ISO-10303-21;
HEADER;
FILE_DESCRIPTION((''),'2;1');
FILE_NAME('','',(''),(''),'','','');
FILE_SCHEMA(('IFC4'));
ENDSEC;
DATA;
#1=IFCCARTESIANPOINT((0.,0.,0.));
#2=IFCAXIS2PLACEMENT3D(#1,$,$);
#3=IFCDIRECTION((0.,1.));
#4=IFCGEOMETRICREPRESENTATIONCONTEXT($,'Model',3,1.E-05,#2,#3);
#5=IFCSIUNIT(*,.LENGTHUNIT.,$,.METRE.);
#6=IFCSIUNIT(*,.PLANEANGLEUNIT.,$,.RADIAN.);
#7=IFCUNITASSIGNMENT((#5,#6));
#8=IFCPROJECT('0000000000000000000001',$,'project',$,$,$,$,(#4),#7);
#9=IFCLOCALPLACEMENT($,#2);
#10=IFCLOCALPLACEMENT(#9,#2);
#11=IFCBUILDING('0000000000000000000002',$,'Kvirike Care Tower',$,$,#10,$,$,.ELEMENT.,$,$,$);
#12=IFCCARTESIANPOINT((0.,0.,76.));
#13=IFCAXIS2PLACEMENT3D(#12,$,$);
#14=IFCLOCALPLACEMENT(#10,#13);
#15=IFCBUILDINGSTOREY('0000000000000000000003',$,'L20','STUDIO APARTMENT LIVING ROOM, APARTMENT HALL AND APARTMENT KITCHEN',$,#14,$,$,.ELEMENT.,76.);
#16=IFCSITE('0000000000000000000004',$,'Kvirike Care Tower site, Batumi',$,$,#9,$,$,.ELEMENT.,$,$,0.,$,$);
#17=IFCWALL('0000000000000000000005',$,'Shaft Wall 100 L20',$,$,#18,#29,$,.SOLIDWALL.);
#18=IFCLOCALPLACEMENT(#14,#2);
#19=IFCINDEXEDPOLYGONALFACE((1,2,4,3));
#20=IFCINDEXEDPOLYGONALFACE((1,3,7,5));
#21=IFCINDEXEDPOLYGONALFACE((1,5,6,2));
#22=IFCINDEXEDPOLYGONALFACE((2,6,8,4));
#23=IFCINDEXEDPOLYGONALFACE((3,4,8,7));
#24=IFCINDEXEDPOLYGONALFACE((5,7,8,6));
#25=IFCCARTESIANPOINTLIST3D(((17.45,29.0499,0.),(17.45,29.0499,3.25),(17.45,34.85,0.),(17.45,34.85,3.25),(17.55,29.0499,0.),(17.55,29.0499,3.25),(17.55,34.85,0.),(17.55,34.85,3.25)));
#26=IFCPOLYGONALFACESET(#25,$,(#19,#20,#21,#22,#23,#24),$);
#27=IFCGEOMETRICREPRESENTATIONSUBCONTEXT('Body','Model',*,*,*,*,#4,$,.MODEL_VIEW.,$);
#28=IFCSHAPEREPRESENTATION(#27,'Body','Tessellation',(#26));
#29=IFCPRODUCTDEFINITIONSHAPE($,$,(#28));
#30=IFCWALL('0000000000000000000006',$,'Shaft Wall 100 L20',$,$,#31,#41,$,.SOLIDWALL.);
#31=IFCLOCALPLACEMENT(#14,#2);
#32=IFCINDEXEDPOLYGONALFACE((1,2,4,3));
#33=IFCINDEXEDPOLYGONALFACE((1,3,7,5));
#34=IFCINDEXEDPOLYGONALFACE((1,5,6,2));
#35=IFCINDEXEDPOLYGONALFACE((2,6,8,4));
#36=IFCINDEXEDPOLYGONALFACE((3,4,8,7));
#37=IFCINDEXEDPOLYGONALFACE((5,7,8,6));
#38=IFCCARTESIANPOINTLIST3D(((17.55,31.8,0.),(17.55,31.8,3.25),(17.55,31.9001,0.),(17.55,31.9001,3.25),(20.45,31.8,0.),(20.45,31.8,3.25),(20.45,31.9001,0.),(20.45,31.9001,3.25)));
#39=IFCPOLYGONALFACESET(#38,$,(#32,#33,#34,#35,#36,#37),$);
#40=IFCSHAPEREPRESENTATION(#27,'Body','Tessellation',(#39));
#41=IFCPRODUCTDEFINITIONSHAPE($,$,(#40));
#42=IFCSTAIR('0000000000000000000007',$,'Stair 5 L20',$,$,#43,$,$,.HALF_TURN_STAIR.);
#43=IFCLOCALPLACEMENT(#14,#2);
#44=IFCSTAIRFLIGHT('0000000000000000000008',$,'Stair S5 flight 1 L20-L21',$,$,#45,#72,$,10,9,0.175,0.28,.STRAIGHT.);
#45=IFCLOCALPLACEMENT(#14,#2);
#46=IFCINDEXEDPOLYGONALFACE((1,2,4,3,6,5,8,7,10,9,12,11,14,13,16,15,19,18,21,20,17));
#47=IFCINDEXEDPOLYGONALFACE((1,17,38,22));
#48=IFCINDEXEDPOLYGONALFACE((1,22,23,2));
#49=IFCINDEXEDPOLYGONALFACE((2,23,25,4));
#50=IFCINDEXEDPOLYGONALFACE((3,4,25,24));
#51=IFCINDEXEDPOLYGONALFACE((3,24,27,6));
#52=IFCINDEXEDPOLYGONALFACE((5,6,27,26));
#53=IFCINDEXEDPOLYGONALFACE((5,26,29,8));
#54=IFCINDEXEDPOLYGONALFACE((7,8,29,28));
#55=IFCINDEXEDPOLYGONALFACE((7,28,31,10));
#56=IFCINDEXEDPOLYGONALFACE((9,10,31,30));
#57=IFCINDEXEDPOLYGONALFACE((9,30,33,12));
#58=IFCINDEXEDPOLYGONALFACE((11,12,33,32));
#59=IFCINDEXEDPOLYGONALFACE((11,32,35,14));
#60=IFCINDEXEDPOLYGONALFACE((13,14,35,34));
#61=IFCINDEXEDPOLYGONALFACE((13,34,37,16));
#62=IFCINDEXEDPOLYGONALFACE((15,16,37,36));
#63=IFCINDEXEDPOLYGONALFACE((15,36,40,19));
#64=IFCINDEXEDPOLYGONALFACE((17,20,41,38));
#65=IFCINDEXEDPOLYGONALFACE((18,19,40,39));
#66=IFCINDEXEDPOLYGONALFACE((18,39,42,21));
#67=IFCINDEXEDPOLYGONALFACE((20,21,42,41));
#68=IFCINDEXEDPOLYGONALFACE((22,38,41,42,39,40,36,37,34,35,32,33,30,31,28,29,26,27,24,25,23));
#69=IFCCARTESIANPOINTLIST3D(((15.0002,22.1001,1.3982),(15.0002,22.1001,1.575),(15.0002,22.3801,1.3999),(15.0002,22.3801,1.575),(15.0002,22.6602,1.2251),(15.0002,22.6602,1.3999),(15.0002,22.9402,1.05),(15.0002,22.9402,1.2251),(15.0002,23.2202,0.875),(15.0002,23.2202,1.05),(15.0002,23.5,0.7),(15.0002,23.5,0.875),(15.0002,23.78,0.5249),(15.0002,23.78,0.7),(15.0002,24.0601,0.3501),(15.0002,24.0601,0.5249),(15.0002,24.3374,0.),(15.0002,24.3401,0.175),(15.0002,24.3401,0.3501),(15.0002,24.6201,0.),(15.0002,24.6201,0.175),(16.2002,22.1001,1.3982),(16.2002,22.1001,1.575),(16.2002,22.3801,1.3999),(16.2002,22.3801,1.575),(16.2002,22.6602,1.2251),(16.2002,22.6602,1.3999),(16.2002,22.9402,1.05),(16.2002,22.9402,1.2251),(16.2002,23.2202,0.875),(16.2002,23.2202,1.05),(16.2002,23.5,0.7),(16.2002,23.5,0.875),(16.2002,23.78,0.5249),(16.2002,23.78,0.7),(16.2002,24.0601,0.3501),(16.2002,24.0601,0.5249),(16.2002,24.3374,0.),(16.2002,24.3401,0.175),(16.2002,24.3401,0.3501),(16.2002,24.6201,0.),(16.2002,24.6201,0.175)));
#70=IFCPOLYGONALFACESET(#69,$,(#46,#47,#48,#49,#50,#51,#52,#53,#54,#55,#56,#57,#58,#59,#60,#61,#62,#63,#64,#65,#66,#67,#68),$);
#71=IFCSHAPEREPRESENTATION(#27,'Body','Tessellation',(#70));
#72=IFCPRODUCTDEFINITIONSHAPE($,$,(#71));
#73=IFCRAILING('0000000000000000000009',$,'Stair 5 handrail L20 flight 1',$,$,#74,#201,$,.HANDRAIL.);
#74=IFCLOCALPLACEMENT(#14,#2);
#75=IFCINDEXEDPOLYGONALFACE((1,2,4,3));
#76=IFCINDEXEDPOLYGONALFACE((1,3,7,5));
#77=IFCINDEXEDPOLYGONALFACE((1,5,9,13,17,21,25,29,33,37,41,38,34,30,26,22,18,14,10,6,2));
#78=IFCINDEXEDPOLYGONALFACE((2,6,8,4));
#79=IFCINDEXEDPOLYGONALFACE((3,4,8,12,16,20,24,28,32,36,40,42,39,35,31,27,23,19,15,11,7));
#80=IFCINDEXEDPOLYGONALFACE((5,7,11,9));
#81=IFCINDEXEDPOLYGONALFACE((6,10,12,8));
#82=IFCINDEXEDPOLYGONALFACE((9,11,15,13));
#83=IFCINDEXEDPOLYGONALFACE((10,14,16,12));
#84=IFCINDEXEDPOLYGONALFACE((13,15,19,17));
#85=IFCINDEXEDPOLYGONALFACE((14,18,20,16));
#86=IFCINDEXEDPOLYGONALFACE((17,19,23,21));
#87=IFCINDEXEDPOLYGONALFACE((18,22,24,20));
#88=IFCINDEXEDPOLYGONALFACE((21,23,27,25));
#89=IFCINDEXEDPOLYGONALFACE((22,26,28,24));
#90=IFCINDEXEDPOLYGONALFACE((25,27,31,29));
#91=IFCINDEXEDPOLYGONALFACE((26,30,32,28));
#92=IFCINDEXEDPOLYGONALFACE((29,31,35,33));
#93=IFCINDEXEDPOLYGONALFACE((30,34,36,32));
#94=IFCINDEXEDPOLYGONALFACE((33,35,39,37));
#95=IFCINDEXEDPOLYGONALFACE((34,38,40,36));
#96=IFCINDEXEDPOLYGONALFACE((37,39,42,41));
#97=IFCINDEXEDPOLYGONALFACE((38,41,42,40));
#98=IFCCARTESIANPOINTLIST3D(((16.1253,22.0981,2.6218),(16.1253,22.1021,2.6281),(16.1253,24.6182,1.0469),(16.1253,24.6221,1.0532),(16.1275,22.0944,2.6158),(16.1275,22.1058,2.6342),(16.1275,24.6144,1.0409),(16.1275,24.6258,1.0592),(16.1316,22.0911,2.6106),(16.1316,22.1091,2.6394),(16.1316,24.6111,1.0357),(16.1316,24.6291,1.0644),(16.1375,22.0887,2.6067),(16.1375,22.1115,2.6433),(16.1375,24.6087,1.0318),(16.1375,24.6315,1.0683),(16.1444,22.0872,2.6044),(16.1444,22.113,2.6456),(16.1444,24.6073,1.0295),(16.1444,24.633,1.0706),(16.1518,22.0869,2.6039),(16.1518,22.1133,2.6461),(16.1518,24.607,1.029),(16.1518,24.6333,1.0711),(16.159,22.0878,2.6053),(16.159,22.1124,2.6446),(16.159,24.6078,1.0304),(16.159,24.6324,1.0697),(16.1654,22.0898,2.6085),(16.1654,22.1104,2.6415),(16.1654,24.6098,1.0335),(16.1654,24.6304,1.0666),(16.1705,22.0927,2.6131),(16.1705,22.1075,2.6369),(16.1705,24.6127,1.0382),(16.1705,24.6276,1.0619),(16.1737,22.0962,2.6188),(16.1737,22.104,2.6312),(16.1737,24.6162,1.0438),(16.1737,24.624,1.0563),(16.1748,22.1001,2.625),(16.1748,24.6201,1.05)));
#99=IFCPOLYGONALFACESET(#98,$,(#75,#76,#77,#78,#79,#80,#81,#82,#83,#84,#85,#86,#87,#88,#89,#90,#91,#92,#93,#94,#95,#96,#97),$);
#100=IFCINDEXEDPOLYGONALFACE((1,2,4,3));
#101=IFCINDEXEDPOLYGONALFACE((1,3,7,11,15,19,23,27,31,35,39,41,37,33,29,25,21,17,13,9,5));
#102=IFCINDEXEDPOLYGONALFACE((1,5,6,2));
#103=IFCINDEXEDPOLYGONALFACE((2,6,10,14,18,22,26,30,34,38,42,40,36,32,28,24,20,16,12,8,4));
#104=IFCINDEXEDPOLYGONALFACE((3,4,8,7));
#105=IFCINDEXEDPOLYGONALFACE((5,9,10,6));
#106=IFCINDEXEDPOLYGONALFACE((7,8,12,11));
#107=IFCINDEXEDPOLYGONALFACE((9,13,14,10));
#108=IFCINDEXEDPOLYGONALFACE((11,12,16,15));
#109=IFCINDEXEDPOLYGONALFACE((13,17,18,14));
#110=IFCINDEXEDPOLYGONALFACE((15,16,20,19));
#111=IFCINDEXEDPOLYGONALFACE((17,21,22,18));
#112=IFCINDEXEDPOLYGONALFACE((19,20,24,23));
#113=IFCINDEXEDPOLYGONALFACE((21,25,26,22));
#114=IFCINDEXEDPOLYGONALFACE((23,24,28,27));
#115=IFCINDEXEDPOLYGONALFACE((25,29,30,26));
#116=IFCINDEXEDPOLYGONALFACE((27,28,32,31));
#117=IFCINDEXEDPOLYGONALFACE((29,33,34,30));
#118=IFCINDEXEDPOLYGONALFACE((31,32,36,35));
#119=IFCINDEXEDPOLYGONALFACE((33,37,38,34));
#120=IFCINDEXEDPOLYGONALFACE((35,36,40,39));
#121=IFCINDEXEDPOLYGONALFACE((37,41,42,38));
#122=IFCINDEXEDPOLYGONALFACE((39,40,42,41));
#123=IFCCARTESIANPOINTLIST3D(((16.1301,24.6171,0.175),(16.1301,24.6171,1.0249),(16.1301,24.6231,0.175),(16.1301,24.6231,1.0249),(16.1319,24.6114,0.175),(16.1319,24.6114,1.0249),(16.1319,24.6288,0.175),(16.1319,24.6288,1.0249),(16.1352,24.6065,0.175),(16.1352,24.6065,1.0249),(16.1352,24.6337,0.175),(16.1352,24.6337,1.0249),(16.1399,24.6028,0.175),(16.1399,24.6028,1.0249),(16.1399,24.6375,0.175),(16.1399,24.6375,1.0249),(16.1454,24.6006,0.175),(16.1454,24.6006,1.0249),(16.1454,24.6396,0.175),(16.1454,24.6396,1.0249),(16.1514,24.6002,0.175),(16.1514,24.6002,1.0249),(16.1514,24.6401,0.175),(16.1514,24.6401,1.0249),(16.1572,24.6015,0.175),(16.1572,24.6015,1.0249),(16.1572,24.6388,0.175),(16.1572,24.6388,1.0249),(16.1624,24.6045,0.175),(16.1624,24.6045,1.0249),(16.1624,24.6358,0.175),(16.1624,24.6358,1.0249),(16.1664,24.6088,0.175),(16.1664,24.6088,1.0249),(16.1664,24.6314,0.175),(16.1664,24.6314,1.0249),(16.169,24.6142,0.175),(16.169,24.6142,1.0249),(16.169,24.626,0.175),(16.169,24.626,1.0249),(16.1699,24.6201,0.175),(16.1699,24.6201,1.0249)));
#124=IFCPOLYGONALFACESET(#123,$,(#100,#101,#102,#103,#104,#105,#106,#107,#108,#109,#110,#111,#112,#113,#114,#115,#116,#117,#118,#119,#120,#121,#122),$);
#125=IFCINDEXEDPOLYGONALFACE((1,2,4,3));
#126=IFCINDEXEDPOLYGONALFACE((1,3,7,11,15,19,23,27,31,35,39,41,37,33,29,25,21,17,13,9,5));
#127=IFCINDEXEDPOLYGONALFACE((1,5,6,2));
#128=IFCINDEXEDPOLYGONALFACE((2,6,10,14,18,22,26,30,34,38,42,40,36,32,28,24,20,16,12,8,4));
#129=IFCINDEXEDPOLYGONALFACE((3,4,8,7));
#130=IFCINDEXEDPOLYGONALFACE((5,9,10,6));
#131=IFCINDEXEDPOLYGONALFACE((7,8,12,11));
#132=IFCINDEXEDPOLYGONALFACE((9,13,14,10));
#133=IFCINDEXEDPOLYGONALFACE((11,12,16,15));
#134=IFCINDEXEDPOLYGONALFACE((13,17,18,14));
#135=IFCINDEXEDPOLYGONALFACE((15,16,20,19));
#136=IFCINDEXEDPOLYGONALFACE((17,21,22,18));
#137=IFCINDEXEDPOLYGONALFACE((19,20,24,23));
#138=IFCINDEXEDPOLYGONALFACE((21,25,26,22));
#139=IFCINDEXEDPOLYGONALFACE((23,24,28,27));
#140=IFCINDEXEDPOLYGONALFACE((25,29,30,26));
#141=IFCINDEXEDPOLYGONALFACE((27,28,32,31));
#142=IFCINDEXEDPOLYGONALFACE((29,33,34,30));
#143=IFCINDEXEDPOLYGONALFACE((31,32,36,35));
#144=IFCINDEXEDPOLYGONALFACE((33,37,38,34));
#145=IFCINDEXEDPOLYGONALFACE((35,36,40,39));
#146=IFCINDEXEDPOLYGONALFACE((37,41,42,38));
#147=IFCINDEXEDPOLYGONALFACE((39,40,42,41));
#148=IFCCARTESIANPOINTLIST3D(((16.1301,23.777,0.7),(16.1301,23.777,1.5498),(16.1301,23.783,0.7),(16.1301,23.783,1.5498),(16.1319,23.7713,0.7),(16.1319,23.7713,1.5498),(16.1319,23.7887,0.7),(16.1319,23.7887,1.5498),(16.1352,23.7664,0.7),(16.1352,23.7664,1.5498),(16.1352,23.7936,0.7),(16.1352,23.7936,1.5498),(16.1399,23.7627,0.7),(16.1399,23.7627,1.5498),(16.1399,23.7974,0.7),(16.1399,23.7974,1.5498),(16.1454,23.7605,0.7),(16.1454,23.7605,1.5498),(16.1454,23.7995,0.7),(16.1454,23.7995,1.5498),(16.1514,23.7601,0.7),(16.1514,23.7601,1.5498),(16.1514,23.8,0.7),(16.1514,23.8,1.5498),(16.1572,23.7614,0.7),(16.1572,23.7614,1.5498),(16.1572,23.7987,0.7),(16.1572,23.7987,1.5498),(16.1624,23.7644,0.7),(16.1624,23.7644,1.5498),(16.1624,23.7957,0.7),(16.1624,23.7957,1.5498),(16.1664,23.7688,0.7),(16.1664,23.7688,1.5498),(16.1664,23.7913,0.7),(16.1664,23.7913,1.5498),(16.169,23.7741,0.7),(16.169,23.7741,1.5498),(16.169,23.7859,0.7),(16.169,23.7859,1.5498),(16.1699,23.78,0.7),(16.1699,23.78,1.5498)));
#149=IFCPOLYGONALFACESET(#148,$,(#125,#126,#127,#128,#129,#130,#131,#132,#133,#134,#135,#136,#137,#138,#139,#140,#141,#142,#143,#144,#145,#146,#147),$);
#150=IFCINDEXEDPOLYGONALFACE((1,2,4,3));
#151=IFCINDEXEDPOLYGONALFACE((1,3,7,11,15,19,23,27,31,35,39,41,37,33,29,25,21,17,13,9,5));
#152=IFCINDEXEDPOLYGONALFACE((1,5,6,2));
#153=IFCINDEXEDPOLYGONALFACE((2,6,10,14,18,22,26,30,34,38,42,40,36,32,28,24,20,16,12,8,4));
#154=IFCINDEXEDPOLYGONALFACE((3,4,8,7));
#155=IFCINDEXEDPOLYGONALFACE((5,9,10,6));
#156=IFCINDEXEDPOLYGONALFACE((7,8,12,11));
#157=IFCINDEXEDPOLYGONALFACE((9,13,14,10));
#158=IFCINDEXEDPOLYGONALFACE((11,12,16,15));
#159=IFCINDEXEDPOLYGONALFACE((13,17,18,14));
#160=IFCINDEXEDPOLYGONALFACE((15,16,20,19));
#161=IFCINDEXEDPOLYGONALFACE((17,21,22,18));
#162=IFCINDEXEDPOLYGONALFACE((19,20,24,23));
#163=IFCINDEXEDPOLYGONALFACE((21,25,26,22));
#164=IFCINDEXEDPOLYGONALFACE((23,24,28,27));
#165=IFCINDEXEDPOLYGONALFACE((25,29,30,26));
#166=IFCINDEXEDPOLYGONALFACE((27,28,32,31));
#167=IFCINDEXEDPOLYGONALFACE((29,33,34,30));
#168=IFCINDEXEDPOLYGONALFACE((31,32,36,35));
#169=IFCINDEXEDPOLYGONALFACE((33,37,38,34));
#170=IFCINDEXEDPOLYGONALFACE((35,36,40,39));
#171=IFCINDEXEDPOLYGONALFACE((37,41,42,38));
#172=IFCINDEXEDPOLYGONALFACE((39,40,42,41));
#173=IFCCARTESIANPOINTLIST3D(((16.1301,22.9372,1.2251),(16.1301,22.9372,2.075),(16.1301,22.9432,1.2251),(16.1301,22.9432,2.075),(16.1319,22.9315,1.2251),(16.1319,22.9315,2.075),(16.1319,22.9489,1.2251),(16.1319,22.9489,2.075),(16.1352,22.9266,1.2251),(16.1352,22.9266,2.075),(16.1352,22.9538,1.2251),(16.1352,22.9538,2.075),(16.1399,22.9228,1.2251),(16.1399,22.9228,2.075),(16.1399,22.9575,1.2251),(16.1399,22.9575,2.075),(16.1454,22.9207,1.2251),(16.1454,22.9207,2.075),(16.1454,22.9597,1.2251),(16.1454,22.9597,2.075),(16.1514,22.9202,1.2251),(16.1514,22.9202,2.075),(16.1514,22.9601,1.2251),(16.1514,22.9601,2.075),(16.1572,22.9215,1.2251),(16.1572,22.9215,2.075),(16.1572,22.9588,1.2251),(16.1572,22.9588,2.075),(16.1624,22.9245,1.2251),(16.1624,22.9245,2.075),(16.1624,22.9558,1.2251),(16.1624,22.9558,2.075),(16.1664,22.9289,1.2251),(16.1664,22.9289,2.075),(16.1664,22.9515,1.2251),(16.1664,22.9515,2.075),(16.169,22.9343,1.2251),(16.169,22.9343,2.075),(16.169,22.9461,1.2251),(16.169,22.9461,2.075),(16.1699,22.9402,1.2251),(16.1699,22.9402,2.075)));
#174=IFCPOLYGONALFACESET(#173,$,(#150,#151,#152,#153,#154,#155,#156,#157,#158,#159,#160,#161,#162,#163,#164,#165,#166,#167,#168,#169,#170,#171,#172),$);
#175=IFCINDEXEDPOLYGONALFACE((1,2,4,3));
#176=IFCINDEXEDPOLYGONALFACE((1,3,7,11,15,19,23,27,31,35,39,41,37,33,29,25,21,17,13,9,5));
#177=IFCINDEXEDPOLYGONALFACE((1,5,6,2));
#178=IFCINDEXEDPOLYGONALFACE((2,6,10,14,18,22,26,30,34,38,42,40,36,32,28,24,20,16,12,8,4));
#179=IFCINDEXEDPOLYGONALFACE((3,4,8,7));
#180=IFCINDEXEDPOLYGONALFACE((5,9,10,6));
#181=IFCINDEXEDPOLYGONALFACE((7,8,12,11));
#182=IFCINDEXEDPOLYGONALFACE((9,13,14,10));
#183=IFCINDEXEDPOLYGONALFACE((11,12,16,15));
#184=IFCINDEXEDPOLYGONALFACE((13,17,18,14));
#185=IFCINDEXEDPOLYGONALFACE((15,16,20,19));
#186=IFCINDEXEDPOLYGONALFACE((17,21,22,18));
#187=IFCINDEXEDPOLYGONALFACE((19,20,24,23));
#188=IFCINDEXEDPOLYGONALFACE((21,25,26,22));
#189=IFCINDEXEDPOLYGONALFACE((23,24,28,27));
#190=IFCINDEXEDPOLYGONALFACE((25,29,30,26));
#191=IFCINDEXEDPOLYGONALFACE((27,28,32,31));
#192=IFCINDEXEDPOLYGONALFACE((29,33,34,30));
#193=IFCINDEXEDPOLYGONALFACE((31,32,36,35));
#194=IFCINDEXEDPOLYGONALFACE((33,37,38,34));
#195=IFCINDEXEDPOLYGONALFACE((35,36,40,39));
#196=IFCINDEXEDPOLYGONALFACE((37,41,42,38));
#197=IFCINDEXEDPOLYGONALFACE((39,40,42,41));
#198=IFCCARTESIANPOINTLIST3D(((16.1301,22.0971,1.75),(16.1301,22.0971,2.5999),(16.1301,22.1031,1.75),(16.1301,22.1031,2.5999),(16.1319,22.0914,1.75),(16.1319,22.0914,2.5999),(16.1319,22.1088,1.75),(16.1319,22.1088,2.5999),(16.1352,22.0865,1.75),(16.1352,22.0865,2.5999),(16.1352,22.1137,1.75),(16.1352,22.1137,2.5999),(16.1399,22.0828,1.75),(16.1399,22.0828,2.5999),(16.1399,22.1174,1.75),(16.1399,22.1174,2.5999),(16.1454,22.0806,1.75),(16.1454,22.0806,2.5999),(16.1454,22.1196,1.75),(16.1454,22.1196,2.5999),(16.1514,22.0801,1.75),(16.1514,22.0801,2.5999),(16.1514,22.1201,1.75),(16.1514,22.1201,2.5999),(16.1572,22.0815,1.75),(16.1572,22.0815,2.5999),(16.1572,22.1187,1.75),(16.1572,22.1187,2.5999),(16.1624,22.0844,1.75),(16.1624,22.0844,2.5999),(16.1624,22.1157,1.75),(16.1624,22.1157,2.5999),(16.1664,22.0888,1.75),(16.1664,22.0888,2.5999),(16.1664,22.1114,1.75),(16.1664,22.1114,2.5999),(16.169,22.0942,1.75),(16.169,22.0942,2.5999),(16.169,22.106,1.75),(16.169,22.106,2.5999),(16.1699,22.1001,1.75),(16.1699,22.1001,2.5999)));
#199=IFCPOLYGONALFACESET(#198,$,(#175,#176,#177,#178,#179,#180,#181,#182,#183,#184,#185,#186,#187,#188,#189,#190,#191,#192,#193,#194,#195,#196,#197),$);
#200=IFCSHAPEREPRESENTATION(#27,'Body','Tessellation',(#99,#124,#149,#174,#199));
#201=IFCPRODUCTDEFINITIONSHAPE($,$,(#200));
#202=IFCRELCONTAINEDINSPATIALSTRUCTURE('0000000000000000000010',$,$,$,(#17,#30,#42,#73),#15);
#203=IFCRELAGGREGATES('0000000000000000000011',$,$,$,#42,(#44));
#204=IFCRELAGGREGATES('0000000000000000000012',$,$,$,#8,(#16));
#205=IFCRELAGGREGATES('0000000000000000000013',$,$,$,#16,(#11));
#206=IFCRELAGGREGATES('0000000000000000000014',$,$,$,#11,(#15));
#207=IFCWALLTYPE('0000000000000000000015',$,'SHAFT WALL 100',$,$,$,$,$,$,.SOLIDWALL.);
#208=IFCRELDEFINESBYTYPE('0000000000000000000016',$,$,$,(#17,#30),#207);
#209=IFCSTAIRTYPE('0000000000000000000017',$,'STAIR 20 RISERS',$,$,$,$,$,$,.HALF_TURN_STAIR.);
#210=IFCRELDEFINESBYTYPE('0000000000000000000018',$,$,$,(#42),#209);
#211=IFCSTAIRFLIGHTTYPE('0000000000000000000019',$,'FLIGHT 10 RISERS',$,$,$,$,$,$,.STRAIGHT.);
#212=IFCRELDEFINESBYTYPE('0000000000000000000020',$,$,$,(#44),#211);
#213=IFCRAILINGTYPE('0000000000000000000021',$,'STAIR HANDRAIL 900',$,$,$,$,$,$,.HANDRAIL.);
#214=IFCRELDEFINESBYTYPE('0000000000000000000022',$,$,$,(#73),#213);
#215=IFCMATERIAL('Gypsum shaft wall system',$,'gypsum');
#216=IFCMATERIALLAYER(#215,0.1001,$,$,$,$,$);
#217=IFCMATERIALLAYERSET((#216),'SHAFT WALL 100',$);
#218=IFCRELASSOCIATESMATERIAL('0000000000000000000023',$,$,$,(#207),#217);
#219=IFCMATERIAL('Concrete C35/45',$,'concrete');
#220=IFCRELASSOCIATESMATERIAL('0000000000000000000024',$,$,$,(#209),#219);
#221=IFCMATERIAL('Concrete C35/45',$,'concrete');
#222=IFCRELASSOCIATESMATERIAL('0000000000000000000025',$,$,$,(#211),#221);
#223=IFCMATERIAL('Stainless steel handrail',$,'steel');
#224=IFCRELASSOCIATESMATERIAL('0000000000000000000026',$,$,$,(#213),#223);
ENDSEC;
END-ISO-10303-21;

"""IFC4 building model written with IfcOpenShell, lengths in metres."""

from ifc_helpers import new_model, si_unit, direction, frame, frame_2d, origin, origin_2d, place, context, subcontext, project, spatial, polyline, rectangle, circle, outline, extrude, material, layer, layer_set, type_object, element, aggregate, save


model = new_model("IFC4")

# Units and contexts
model_context = context("Model", 3, precision=1e-05, world=origin(), true_north=direction((0.0, 1.0)))
body_context = subcontext(model_context, "Body", "Model", "MODEL_VIEW")
ifc_project = project(units=[si_unit("LENGTHUNIT", "METRE"), si_unit("PLANEANGLEUNIT", "RADIAN")], contexts=[model_context])

# Site, building, storey
site_placement = place(None, origin())
site = spatial("IfcSite", under=ifc_project, at=site_placement, Name="Kvirike Care Tower site, Batumi", CompositionType="ELEMENT", RefElevation=0.0)
building_placement = place(site_placement, origin())
building = spatial("IfcBuilding", under=site, at=building_placement, Name="Kvirike Care Tower", CompositionType="ELEMENT")
storey_placement = place(building_placement, frame((0.0, 0.0, 76.0)))
storey = spatial("IfcBuildingStorey", under=building, at=storey_placement, Name="L20", Description="STUDIO APARTMENT LIVING ROOM, APARTMENT HALL AND APARTMENT KITCHEN", CompositionType="ELEMENT", Elevation=76.0)

# Walls
ifc_material_1 = material(Name="Gypsum shaft wall system", Category="gypsum")
ifc_layer_1 = layer(ifc_material_1, 0.1001)
ifc_layer_set_1 = layer_set([ifc_layer_1], Name="SHAFT WALL 100")
wall_type_1 = type_object("IfcWallType", Name="SHAFT WALL 100", PredefinedType="SOLIDWALL", material=ifc_layer_set_1)
wall_1_placement = place(storey_placement, frame((17.5, 29.05, 0.0), z_axis=(0.0, 0.0, 1.0), x_axis=(0.0, 1.0, 0.0)))
element("IfcWall", 1, at=wall_1_placement, inside=storey, type_object=wall_type_1, Name="Shaft Wall 100 L20", PredefinedType="SOLIDWALL", context=body_context, shape_type="SweptSolid", body=[
    extrude(rectangle(XDim=5.8, YDim=0.1001, at=frame_2d((2.8999, 0.0))), origin(), (0.0, 0.0, 1.0), 3.25),
])
wall_2_placement = place(storey_placement, frame((17.55, 31.8501, 0.0), z_axis=(0.0, 0.0, 1.0), x_axis=(1.0, 0.0, 0.0)))
element("IfcWall", 2, at=wall_2_placement, inside=storey, type_object=wall_type_1, Name="Shaft Wall 100 L20", PredefinedType="SOLIDWALL", context=body_context, shape_type="SweptSolid", body=[
    extrude(rectangle(XDim=2.8999, YDim=0.1001, at=frame_2d((1.45, 0.0))), origin(), (0.0, 0.0, 1.0), 3.25),
])

# Stair, stair flight
ifc_material_2 = material(Name="Concrete C35/45", Category="concrete")
stair_type = type_object("IfcStairType", Name="STAIR 20 RISERS", PredefinedType="HALF_TURN_STAIR", material=ifc_material_2)
stair_placement = place(storey_placement, origin())
stair = element("IfcStair", 3, at=stair_placement, inside=storey, type_object=stair_type, Name="Stair 5 L20", PredefinedType="HALF_TURN_STAIR")
ifc_material_3 = material(Name="Concrete C35/45", Category="concrete")
stair_flight_type = type_object("IfcStairFlightType", Name="FLIGHT 10 RISERS", PredefinedType="STRAIGHT", material=ifc_material_3)
stair_flight_placement = place(storey_placement, frame((15.6001, 24.6201, 0.0), z_axis=(0.0, 0.0, 1.0), x_axis=(0.0, -1.0, 0.0)))
stair_flight = element("IfcStairFlight", 4, at=stair_flight_placement, type_object=stair_flight_type, Name="Stair S5 flight 1 L20-L21", NumberOfRisers=10, NumberOfTreads=9, PredefinedType="STRAIGHT", RiserHeight=0.175, TreadLength=0.28, context=body_context, shape_type="SweptSolid", body=[
    extrude(outline(polyline([(0.0, 0.0), (0.0, 0.175), (0.28, 0.175), (0.28, 0.3501), (0.5601, 0.3501), (0.5601, 0.5249), (0.8401, 0.5249), (0.8401, 0.7), (1.1201, 0.7), (1.1201, 0.875), (1.3999, 0.875), (1.3999, 1.05), (1.6799, 1.05), (1.6799, 1.2251), (1.96, 1.2251), (1.96, 1.3999), (2.24, 1.3999), (2.24, 1.575), (2.52, 1.575), (2.52, 1.75), (2.52, 1.3982), (0.2827, 0.0), (0.0, 0.0)])), frame((0.0, 0.6001, 0.0), z_axis=(0.0, -1.0, 0.0), x_axis=(1.0, 0.0, 0.0)), (0.0, 0.0, 1.0), 1.2),
])
aggregate(stair, [stair_flight])

# Railing
ifc_material_4 = material(Name="Stainless steel handrail", Category="steel")
railing_type = type_object("IfcRailingType", Name="STAIR HANDRAIL 900", PredefinedType="HANDRAIL", material=ifc_material_4)
railing_placement = place(storey_placement, frame((16.1499, 24.6201, 0.175)))
element("IfcRailing", 5, at=railing_placement, inside=storey, type_object=railing_type, Name="Stair 5 handrail L20 flight 1", PredefinedType="HANDRAIL", context=body_context, shape_type="SweptSolid", body=[
    extrude(circle(Radius=0.0249, at=origin_2d()), frame((0.0, 0.0, 0.875), z_axis=(0.0, -0.848008, 0.529984), x_axis=(1.0, 0.0, 0.0)), (0.0, 0.0, 1.0), 2.9717),
    extrude(circle(Radius=0.02, at=origin_2d()), origin(), (0.0, 0.0, 1.0), 0.8499),
    extrude(circle(Radius=0.02, at=origin_2d()), frame((0.0, -0.8401, 0.5249)), (0.0, 0.0, 1.0), 0.8499),
    extrude(circle(Radius=0.02, at=origin_2d()), frame((0.0, -1.6799, 1.05)), (0.0, 0.0, 1.0), 0.8499),
    extrude(circle(Radius=0.02, at=origin_2d()), frame((0.0, -2.52, 1.575)), (0.0, 0.0, 1.0), 0.8499),
])

save(model, "model.ifc")
